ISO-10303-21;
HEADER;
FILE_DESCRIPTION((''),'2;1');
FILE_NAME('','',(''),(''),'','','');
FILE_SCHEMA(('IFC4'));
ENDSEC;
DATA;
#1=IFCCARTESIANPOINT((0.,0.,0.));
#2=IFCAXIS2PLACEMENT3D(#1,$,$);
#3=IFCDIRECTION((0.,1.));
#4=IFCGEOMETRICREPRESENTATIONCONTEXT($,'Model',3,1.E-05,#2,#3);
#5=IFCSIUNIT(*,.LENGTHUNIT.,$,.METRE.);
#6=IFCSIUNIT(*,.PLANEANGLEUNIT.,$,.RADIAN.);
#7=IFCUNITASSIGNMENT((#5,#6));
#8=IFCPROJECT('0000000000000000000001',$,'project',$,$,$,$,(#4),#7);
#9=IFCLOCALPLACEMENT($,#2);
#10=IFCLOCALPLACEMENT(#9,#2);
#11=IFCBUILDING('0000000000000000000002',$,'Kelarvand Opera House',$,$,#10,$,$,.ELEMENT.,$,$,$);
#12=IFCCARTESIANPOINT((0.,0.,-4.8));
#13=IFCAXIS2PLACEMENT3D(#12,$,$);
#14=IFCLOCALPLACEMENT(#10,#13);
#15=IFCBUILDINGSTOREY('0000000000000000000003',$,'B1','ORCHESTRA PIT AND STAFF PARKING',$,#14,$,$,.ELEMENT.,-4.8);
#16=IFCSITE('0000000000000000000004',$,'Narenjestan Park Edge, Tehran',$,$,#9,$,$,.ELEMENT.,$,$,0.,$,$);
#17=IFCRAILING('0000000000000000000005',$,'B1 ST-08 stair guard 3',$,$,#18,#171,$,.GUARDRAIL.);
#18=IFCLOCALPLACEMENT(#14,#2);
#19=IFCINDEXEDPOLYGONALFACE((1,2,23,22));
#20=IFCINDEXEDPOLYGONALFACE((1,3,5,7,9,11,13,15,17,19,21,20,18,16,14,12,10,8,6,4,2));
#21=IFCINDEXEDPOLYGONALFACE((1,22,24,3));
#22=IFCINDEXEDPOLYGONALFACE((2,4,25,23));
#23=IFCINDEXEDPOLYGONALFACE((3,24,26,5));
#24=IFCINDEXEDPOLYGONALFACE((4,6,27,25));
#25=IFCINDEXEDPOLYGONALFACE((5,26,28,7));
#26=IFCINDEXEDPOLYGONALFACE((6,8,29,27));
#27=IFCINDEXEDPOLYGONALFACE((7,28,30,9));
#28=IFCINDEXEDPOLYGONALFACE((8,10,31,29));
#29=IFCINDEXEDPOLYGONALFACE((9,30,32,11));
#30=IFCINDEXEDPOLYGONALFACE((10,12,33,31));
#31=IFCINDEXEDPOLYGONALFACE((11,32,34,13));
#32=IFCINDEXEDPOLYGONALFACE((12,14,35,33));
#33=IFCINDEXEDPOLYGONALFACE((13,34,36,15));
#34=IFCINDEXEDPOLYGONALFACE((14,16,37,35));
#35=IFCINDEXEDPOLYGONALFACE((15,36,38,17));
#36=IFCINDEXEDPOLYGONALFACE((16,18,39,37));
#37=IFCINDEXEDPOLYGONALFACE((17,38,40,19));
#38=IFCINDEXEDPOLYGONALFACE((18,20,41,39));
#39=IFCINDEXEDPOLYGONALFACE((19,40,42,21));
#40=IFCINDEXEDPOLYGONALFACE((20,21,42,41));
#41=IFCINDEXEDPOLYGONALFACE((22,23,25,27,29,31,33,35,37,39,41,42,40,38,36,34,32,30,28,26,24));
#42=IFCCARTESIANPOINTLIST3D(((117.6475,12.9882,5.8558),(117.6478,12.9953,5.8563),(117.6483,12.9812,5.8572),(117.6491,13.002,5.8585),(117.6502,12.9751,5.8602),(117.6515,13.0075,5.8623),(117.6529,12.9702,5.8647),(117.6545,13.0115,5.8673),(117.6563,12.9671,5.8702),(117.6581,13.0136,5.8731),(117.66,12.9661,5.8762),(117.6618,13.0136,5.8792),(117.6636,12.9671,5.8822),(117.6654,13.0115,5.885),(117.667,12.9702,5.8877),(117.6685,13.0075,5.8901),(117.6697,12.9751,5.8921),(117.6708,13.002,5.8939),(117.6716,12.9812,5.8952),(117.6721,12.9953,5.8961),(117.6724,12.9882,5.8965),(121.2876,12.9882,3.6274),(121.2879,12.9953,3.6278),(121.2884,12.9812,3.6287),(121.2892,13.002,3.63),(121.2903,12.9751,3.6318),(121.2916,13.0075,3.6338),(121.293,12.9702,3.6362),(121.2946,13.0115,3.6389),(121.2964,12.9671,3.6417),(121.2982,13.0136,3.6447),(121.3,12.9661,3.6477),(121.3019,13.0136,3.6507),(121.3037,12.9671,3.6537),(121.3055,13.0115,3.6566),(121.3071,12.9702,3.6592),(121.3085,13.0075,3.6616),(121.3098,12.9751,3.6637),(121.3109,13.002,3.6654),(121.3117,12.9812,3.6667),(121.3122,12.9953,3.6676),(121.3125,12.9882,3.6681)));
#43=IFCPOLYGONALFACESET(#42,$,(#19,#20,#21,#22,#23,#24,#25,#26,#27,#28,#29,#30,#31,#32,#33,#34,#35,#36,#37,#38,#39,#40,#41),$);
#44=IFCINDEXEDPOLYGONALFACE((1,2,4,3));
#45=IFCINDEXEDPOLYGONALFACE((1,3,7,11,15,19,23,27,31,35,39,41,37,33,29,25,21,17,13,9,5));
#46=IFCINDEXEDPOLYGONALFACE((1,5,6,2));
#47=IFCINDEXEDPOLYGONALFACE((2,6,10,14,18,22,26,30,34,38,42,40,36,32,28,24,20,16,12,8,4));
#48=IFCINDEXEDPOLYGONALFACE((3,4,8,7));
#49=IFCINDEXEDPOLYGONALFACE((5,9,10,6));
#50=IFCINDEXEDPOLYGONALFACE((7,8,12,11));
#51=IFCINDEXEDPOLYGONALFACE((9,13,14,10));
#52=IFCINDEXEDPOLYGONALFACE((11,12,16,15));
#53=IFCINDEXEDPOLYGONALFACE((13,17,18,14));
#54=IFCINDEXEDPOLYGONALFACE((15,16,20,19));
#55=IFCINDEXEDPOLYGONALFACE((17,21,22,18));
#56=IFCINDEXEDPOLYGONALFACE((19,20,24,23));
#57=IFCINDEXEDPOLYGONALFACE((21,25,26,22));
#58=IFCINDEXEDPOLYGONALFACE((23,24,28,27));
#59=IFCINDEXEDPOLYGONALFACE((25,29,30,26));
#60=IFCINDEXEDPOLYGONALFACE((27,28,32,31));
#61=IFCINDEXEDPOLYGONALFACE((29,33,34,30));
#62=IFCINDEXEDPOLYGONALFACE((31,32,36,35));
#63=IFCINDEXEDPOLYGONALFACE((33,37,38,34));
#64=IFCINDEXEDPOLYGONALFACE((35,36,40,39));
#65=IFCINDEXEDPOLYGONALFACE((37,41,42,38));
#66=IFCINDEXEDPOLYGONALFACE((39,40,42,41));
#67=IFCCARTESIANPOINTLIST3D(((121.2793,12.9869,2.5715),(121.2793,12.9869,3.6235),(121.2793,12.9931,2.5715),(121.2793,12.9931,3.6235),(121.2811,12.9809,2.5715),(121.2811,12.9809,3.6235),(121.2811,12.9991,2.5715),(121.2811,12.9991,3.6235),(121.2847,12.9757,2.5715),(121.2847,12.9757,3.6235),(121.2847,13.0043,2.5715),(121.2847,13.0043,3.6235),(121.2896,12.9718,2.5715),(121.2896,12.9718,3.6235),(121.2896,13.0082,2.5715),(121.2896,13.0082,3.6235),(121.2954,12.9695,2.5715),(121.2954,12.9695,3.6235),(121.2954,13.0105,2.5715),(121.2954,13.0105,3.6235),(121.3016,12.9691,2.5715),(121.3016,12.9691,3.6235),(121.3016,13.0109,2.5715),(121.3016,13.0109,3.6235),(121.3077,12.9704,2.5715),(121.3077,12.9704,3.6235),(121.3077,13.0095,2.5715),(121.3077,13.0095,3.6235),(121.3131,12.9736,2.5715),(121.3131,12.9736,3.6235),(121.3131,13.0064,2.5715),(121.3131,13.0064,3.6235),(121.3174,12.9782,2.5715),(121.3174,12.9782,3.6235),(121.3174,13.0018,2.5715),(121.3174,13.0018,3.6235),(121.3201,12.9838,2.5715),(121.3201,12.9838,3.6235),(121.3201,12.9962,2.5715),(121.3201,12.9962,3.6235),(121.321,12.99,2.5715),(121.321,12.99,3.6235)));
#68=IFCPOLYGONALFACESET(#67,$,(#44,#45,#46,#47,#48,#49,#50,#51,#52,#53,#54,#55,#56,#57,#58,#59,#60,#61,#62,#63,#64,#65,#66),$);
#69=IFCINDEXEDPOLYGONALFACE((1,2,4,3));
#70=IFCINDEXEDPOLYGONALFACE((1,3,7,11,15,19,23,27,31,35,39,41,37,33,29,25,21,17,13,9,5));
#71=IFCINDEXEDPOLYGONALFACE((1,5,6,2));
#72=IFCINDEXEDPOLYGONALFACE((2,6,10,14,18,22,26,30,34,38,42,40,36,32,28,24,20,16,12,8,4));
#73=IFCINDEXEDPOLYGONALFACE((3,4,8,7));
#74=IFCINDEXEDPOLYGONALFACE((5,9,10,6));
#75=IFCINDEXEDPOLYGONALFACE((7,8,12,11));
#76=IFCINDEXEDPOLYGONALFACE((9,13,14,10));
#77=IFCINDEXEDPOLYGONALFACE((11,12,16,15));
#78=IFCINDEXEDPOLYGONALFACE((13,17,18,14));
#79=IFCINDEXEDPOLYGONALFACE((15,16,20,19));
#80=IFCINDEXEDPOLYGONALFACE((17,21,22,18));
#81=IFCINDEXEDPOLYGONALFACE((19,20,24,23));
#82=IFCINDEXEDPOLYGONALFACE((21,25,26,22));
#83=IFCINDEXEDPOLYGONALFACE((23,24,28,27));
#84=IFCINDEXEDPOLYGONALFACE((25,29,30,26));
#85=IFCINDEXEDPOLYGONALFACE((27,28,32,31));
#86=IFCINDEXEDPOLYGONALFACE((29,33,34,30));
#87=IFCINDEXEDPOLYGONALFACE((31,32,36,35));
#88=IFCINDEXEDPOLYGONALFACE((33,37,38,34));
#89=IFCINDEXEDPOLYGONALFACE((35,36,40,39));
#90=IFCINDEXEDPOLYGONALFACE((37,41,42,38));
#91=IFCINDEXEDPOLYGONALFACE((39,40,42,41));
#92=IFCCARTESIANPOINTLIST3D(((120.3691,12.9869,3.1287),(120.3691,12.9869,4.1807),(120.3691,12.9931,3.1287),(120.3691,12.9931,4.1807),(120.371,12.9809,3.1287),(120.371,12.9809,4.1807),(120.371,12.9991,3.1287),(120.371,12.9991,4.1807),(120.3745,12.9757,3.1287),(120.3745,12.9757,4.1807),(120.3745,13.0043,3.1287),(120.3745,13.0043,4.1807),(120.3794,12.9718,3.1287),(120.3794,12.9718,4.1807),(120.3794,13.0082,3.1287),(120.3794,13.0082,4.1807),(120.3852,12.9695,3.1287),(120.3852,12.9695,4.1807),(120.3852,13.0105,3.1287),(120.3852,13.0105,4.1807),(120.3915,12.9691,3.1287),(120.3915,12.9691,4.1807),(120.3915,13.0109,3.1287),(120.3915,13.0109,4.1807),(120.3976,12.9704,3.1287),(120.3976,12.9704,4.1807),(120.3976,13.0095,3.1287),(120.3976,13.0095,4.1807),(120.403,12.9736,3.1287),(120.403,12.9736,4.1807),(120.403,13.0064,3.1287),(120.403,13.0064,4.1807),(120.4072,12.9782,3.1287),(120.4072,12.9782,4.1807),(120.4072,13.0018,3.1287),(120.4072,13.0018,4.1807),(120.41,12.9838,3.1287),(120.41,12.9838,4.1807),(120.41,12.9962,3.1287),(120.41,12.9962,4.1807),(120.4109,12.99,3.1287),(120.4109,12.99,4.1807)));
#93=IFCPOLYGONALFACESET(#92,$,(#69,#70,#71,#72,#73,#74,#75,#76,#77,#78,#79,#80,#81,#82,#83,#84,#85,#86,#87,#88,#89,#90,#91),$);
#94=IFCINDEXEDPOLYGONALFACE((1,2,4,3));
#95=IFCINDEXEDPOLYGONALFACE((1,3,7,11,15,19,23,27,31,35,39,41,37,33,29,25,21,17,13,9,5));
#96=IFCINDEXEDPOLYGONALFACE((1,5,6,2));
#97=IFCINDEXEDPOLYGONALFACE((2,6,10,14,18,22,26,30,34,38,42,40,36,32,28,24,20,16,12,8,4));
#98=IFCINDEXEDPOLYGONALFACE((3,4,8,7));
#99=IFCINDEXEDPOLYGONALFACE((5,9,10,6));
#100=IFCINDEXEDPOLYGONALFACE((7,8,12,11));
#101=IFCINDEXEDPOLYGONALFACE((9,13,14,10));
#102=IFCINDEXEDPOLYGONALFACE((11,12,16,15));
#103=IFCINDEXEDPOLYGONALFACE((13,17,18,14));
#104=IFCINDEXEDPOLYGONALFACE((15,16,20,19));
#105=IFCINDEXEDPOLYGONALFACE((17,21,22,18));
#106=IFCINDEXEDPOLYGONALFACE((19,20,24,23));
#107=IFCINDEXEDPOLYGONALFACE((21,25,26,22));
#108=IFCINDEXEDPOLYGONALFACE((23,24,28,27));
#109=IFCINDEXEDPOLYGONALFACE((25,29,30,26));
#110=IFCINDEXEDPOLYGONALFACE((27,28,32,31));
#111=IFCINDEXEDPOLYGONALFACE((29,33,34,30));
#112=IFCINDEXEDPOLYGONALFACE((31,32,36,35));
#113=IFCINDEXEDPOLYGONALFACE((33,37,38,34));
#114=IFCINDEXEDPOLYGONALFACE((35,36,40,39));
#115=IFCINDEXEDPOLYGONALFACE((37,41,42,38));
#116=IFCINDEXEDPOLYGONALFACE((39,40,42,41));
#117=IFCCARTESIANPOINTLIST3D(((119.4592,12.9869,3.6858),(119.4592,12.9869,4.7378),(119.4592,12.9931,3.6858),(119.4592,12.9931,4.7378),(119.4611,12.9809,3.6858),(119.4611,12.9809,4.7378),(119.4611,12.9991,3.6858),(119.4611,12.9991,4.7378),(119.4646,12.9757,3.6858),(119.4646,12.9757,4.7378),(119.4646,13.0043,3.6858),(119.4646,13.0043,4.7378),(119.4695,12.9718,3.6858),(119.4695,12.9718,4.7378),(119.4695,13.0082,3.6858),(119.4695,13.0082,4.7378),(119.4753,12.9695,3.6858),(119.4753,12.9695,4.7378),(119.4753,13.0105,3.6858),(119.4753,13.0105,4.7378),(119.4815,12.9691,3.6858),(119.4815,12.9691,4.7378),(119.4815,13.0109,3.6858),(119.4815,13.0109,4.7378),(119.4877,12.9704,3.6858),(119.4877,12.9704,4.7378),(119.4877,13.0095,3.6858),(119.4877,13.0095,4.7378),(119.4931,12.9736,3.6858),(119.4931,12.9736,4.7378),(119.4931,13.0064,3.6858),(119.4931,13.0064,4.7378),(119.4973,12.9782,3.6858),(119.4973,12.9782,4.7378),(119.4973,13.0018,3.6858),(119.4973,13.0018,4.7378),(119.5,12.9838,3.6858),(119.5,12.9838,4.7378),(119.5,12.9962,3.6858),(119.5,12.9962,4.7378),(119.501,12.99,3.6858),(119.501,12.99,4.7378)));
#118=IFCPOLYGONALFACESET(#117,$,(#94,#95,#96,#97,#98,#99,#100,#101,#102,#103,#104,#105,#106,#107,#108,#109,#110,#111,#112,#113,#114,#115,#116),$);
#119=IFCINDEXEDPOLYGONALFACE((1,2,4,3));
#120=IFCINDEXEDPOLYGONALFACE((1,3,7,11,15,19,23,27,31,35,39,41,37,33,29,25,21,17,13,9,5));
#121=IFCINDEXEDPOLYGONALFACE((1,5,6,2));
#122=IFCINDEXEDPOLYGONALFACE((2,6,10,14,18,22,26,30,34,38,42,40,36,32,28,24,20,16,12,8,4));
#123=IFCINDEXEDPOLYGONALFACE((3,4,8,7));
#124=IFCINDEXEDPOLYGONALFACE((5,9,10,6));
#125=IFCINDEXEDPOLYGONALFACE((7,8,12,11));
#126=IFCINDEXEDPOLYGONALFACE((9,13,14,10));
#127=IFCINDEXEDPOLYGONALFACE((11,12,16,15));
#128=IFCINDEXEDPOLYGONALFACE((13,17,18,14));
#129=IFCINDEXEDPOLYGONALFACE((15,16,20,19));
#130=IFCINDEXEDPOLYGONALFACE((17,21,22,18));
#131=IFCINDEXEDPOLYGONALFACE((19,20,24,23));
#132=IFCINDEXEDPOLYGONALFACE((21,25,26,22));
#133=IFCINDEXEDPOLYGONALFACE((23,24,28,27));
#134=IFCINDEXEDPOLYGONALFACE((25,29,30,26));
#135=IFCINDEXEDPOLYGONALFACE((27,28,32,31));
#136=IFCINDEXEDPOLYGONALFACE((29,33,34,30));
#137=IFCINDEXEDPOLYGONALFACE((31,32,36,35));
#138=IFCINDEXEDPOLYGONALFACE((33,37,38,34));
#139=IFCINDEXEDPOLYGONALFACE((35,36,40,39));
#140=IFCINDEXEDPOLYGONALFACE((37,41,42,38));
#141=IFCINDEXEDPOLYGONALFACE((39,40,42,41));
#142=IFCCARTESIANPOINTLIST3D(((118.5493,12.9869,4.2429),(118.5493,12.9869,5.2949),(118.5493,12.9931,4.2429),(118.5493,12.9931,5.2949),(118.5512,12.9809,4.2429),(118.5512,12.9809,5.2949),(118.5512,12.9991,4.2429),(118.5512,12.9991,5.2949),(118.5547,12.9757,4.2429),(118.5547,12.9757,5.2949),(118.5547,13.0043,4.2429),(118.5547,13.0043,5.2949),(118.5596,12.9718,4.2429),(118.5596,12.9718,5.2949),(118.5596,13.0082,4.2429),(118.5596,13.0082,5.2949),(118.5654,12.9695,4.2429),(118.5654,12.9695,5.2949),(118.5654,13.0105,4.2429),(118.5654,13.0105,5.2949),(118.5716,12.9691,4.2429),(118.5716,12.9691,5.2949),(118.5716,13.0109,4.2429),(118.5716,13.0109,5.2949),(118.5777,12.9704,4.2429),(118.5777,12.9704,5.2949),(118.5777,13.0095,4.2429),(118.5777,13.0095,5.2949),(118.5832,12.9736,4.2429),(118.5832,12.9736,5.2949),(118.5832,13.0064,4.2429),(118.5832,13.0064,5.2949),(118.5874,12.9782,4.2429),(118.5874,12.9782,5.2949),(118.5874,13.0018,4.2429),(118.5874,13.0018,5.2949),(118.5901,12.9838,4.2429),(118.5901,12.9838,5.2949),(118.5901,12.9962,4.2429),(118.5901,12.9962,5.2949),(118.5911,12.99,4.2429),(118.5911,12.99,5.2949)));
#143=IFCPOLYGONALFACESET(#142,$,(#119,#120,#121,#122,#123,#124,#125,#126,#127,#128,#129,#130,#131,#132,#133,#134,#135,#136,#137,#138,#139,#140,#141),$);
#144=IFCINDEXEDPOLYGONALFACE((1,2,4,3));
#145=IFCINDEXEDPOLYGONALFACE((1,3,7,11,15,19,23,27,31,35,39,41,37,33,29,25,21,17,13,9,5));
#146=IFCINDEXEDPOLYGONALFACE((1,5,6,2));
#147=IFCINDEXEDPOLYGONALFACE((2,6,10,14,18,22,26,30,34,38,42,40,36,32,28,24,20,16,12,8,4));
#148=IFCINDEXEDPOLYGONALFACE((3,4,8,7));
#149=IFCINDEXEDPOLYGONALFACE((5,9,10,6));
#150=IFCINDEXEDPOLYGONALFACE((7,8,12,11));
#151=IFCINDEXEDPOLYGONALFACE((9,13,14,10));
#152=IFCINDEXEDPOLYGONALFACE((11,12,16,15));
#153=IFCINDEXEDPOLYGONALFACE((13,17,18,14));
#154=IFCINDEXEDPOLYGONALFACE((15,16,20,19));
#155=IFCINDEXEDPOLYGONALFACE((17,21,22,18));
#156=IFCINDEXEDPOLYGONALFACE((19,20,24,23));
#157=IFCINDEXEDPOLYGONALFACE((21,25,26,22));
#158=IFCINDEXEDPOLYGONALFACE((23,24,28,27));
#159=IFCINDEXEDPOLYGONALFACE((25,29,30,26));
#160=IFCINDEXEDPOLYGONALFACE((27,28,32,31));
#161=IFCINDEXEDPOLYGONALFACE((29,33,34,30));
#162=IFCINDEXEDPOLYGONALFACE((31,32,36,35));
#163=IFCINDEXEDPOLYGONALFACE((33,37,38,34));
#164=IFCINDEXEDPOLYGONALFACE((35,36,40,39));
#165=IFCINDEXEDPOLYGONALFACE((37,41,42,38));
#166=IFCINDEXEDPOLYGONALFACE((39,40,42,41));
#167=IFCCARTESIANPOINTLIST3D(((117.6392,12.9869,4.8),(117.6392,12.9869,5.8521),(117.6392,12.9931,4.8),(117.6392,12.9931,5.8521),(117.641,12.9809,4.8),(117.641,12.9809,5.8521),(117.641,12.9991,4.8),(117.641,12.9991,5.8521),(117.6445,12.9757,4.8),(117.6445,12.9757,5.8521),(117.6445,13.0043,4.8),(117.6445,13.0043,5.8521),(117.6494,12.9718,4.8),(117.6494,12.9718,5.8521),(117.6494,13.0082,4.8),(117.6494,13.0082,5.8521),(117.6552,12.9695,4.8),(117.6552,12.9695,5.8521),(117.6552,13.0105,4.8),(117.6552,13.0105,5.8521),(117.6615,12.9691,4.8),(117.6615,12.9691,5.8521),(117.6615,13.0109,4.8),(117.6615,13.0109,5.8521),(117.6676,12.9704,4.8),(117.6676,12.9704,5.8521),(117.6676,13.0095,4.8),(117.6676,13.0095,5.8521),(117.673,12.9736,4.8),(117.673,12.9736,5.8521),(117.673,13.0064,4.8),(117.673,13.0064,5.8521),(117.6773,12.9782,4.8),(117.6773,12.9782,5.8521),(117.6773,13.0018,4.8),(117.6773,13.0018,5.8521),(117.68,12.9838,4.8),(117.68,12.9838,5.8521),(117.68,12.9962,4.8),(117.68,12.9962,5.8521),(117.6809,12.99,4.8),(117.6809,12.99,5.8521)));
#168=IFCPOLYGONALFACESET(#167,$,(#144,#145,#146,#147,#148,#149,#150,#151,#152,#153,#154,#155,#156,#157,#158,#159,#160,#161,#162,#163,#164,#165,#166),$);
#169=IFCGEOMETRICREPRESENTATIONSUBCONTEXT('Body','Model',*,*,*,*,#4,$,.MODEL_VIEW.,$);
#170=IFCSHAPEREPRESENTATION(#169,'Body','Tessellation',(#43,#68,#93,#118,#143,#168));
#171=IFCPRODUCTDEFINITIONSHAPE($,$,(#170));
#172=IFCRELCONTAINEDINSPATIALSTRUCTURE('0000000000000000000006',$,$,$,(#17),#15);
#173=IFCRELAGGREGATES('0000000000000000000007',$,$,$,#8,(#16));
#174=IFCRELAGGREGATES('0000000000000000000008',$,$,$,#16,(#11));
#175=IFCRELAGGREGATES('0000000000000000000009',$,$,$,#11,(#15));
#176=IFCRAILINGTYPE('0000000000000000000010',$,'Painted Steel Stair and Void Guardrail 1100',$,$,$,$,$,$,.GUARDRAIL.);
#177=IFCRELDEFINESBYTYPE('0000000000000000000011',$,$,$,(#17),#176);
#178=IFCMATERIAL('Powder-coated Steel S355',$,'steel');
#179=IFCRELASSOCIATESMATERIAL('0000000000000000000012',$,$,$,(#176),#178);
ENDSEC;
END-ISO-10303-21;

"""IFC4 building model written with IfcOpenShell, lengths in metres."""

from ifc_helpers import new_model, si_unit, direction, frame, origin, origin_2d, place, context, subcontext, project, spatial, circle, extrude, material, type_object, element, save


model = new_model("IFC4")

# Units and contexts
model_context = context("Model", 3, precision=1e-05, world=origin(), true_north=direction((0.0, 1.0)))
body_context = subcontext(model_context, "Body", "Model", "MODEL_VIEW")
ifc_project = project(units=[si_unit("LENGTHUNIT", "METRE"), si_unit("PLANEANGLEUNIT", "RADIAN")], contexts=[model_context])

# Site, building, storey
site_placement = place(None, origin())
site = spatial("IfcSite", under=ifc_project, at=site_placement, Name="Narenjestan Park Edge, Tehran", CompositionType="ELEMENT", RefElevation=0.0)
building_placement = place(site_placement, origin())
building = spatial("IfcBuilding", under=site, at=building_placement, Name="Kelarvand Opera House", CompositionType="ELEMENT")
storey_placement = place(building_placement, frame((0.0, 0.0, -4.8)))
storey = spatial("IfcBuildingStorey", under=building, at=storey_placement, Name="B1", Description="ORCHESTRA PIT AND STAFF PARKING", CompositionType="ELEMENT", Elevation=-4.8)

# Railing
ifc_material_1 = material(Name="Powder-coated Steel S355", Category="steel")
railing_type_1 = type_object("IfcRailingType", Name="Painted Steel Stair and Void Guardrail 1100", PredefinedType="GUARDRAIL", material=ifc_material_1)
railing_1_placement = place(storey_placement, frame((121.3, 12.99, 2.5715)))
element("IfcRailing", 1, at=railing_1_placement, inside=storey, type_object=railing_type_1, Name="B1 ST-08 stair guard 3", PredefinedType="GUARDRAIL", context=body_context, shape_type="SweptSolid", body=[
    extrude(circle(Radius=0.0239, at=origin_2d()), frame((0.0, 0.0, 1.0762), z_axis=(-0.852866, 0.0, 0.52213), x_axis=(0.0, -1.0, 0.0)), (0.0, 0.0, 1.0), 4.2681),
    extrude(circle(Radius=0.021, at=origin_2d()), origin(), (0.0, 0.0, 1.0), 1.052),
    extrude(circle(Radius=0.021, at=origin_2d()), frame((-0.9102, 0.0, 0.5571)), (0.0, 0.0, 1.0), 1.052),
    extrude(circle(Radius=0.021, at=origin_2d()), frame((-1.8201, 0.0, 1.1143)), (0.0, 0.0, 1.0), 1.052),
    extrude(circle(Radius=0.021, at=origin_2d()), frame((-2.73, 0.0, 1.6714)), (0.0, 0.0, 1.0), 1.052),
    extrude(circle(Radius=0.021, at=origin_2d()), frame((-3.6401, 0.0, 2.2285)), (0.0, 0.0, 1.0), 1.052),
])

save(model, "model.ifc")
